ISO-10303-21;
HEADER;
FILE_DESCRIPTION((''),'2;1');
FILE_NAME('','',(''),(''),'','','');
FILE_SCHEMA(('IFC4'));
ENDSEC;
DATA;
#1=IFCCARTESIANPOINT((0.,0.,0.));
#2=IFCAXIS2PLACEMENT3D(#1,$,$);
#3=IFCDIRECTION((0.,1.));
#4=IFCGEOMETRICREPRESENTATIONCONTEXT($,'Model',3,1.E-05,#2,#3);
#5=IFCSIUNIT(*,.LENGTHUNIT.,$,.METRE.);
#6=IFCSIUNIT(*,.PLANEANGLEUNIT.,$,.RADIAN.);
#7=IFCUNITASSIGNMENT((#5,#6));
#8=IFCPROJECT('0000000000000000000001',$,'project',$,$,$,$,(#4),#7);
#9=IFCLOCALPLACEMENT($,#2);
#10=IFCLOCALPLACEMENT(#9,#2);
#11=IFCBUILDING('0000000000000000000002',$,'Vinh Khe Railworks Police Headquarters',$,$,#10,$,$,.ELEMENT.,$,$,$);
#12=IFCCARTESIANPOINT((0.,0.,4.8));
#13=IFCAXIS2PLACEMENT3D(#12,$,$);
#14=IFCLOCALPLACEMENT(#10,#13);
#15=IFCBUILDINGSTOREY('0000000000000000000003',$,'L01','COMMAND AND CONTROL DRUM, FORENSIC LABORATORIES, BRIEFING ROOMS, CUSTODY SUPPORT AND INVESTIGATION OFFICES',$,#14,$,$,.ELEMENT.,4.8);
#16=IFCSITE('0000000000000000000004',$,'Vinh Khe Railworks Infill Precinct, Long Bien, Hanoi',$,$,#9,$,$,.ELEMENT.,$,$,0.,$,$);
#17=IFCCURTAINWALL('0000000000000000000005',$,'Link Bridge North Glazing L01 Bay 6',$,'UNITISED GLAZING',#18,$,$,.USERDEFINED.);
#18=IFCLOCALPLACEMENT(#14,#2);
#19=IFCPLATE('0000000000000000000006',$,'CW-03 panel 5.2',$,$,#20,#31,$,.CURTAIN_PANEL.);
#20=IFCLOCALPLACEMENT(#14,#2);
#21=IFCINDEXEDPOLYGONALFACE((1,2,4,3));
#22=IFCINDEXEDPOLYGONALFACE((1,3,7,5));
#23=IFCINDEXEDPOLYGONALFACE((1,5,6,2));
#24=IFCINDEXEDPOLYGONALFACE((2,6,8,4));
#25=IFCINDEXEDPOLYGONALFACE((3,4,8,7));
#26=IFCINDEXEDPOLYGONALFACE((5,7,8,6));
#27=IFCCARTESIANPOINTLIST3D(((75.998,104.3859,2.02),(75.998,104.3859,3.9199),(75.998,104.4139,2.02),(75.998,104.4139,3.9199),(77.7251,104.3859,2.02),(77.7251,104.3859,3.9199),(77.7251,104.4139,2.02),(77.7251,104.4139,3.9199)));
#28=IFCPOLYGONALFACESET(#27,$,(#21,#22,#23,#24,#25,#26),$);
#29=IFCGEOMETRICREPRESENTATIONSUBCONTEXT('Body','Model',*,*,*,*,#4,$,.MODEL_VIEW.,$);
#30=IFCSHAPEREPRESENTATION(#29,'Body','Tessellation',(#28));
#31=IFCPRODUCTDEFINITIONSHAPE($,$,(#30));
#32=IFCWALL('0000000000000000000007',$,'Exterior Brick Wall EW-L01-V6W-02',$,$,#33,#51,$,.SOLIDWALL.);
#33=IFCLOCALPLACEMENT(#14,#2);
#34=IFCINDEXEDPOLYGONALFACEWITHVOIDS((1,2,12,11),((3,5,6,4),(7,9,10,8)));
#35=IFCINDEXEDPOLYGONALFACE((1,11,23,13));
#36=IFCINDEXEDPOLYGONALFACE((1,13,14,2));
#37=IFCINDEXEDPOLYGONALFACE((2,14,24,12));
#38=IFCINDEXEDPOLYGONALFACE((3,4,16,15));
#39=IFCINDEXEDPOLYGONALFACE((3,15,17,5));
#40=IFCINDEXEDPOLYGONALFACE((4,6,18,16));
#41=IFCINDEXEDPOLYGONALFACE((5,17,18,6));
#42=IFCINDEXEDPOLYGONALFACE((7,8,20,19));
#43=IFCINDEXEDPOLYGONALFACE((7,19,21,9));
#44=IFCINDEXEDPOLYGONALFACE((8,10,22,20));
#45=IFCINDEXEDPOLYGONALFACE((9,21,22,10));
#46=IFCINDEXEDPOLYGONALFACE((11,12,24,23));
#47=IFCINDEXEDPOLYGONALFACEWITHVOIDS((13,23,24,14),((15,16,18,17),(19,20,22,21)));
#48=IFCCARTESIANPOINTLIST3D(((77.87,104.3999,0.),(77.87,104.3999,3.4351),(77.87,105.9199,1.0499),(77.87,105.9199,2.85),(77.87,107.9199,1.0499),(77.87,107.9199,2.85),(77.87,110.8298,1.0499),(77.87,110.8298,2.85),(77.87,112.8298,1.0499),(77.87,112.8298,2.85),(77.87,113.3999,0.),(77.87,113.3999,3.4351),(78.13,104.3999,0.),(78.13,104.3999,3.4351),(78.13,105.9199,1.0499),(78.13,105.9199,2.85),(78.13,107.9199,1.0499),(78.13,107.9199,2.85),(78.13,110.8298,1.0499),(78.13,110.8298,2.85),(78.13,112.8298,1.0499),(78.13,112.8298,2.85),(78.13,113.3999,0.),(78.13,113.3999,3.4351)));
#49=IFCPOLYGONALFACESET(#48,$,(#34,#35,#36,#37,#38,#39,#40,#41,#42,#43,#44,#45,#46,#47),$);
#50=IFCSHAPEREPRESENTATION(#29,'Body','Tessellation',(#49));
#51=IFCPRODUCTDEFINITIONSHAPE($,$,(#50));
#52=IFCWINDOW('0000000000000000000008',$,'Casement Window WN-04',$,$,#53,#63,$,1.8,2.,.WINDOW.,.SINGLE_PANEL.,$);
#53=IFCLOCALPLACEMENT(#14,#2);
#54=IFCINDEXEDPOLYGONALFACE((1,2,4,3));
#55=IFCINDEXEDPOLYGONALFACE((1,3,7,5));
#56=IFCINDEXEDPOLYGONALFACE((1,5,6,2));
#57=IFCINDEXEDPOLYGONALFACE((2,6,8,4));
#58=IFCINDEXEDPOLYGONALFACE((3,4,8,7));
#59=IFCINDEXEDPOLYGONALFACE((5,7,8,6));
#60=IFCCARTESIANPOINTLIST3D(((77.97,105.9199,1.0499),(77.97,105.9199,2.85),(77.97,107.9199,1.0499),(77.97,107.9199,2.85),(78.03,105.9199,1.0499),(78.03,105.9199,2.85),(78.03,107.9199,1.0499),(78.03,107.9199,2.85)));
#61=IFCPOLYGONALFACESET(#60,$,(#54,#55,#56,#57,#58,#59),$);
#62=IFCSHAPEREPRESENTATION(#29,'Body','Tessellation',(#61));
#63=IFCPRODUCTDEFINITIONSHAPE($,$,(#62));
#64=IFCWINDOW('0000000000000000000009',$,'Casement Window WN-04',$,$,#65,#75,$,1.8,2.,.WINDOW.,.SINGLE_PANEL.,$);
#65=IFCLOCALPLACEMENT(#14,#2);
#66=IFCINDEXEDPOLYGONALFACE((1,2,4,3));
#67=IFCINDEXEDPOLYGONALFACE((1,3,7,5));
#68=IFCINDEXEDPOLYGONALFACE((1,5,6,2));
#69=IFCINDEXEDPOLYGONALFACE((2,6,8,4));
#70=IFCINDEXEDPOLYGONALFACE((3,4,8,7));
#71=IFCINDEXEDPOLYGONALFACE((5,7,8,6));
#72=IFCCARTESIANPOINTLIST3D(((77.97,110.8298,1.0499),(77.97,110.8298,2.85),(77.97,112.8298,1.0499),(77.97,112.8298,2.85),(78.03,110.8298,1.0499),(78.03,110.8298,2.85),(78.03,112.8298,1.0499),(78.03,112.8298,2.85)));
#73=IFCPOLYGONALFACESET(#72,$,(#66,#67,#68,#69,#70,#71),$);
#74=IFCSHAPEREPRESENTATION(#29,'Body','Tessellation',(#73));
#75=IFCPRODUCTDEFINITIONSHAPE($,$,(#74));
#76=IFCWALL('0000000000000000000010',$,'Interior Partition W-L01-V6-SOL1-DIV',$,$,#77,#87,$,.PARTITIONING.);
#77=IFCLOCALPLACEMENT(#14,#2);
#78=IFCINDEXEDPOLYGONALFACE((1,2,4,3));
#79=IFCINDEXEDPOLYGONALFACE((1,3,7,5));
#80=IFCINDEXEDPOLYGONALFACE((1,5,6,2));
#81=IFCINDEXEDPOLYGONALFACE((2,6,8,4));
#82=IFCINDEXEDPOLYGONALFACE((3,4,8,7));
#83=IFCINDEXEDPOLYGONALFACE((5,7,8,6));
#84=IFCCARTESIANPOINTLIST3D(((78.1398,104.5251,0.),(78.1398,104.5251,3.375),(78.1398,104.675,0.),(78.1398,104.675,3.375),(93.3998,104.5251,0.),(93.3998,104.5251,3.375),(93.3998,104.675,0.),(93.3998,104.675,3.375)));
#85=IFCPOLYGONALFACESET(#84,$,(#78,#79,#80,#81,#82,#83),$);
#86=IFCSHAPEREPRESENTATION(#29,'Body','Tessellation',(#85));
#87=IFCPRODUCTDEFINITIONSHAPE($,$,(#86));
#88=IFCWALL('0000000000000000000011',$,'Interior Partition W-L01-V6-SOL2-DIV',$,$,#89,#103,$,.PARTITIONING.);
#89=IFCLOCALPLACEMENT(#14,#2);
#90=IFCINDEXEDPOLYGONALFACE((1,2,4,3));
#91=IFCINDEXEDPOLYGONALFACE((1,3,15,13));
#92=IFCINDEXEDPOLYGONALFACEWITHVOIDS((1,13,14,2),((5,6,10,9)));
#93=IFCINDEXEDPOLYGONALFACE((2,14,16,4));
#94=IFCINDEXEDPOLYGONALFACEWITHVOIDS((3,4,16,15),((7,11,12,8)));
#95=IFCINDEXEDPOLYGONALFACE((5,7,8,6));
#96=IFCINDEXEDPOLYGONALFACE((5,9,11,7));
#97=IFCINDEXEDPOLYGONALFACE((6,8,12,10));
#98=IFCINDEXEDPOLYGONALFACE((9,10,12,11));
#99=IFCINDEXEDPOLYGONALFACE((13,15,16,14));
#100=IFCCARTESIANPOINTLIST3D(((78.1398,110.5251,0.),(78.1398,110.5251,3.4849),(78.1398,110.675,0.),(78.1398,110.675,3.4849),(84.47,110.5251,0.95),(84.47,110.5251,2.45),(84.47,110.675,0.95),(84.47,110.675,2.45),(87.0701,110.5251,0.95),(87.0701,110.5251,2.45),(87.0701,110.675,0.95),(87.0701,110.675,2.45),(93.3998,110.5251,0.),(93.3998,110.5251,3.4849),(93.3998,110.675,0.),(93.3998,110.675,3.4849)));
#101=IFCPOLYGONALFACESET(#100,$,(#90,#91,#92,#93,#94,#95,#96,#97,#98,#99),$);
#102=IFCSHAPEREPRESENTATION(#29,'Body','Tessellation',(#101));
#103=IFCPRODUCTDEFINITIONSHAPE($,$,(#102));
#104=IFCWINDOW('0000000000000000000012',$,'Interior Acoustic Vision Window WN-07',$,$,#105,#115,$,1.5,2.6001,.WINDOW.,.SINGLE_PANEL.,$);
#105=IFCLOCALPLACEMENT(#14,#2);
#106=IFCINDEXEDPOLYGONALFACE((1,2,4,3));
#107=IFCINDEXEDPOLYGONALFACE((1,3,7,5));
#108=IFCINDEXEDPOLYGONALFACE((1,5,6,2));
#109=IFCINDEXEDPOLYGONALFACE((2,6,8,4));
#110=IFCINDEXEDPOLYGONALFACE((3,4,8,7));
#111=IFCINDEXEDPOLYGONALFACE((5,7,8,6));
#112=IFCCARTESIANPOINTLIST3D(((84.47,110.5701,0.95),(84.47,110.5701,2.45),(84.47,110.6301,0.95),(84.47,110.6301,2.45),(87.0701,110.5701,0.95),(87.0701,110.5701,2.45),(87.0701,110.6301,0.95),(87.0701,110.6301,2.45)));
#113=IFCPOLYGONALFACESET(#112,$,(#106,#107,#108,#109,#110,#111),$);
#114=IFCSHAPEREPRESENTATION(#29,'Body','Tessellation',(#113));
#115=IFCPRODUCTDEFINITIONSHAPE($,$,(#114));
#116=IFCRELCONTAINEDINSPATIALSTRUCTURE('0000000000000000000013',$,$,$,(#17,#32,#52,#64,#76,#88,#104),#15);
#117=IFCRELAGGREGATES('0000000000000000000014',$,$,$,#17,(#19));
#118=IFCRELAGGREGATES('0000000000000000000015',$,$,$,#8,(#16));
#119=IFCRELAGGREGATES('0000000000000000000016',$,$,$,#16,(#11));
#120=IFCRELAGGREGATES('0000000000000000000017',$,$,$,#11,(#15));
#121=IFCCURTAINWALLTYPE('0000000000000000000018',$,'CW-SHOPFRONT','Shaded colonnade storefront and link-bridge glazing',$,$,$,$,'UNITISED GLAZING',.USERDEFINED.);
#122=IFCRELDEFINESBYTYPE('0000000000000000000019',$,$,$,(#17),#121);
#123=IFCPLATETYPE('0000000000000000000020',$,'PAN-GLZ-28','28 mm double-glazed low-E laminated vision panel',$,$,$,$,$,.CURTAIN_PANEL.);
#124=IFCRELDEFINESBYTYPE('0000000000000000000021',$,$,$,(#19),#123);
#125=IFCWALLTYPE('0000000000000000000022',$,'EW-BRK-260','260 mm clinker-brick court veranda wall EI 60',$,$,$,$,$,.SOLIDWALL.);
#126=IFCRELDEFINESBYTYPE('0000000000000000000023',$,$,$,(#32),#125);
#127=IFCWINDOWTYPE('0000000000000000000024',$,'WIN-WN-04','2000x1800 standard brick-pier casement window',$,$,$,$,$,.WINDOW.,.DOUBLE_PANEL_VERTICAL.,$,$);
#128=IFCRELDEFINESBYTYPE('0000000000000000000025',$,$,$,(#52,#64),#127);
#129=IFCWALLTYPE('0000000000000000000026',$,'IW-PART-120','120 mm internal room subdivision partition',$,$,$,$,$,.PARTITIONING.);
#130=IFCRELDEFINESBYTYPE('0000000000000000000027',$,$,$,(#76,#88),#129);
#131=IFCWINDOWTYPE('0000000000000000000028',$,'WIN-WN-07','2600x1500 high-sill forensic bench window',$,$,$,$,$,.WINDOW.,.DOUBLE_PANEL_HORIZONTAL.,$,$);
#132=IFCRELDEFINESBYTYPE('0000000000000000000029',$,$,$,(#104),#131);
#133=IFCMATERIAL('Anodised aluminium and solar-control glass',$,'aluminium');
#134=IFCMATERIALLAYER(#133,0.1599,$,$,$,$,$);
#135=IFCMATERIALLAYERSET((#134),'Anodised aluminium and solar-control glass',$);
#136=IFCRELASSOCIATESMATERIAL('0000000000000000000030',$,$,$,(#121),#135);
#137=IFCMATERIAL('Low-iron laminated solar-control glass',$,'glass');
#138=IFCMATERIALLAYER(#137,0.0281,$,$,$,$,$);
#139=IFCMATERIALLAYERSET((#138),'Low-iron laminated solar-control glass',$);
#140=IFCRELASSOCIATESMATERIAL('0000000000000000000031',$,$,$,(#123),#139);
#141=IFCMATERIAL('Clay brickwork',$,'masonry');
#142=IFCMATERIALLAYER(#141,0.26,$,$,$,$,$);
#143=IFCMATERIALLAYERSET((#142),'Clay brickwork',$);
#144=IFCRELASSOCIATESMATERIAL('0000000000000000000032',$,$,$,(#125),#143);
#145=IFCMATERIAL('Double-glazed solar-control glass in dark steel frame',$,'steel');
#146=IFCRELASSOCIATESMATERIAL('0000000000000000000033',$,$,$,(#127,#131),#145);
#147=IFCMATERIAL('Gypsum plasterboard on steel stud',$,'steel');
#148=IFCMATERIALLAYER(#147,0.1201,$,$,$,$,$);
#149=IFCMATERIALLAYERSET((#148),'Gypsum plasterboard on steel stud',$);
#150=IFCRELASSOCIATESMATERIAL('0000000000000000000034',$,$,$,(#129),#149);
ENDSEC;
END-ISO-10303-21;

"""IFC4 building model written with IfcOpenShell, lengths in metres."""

from ifc_helpers import new_model, si_unit, direction, frame, frame_2d, origin, origin_2d, place, context, subcontext, project, spatial, rectangle, extrude, material, layer, layer_set, type_object, element, fill, aggregate, save


model = new_model("IFC4")

# Units and contexts
model_context = context("Model", 3, precision=1e-05, world=origin(), true_north=direction((0.0, 1.0)))
body_context = subcontext(model_context, "Body", "Model", "MODEL_VIEW")
ifc_project = project(units=[si_unit("LENGTHUNIT", "METRE"), si_unit("PLANEANGLEUNIT", "RADIAN")], contexts=[model_context])

# Site, building, storey
site_placement = place(None, origin())
site = spatial("IfcSite", under=ifc_project, at=site_placement, Name="Vinh Khe Railworks Infill Precinct, Long Bien, Hanoi", CompositionType="ELEMENT", RefElevation=0.0)
building_placement = place(site_placement, origin())
building = spatial("IfcBuilding", under=site, at=building_placement, Name="Vinh Khe Railworks Police Headquarters", CompositionType="ELEMENT")
storey_placement = place(building_placement, frame((0.0, 0.0, 4.8)))
storey = spatial("IfcBuildingStorey", under=building, at=storey_placement, Name="L01", Description="COMMAND AND CONTROL DRUM, FORENSIC LABORATORIES, BRIEFING ROOMS, CUSTODY SUPPORT AND INVESTIGATION OFFICES", CompositionType="ELEMENT", Elevation=4.8)

# Curtain wall
ifc_material_1 = material(Name="Anodised aluminium and solar-control glass", Category="aluminium")
ifc_layer_1 = layer(ifc_material_1, 0.1599)
ifc_layer_set_1 = layer_set([ifc_layer_1], Name="Anodised aluminium and solar-control glass")
curtain_wall_type = type_object("IfcCurtainWallType", Name="CW-SHOPFRONT", Description="Shaded colonnade storefront and link-bridge glazing", ElementType="UNITISED GLAZING", PredefinedType="USERDEFINED", material=ifc_layer_set_1)
curtain_wall_placement = place(storey_placement, origin())
curtain_wall = element("IfcCurtainWall", 1, at=curtain_wall_placement, inside=storey, type_object=curtain_wall_type, Name="Link Bridge North Glazing L01 Bay 6", ObjectType="UNITISED GLAZING", PredefinedType="USERDEFINED")

# Plate
ifc_material_2 = material(Name="Low-iron laminated solar-control glass", Category="glass")
ifc_layer_2 = layer(ifc_material_2, 0.0281)
ifc_layer_set_2 = layer_set([ifc_layer_2], Name="Low-iron laminated solar-control glass")
plate_type = type_object("IfcPlateType", Name="PAN-GLZ-28", Description="28 mm double-glazed low-E laminated vision panel", PredefinedType="CURTAIN_PANEL", material=ifc_layer_set_2)
plate_1_placement = place(storey_placement, frame((76.8616, 104.3999, 2.02), z_axis=(0.0, 0.0, 1.0), x_axis=(1.0, 0.0, 0.0)))
plate_1 = element("IfcPlate", 2, at=plate_1_placement, type_object=plate_type, Name="CW-03 panel 5.2", PredefinedType="CURTAIN_PANEL", context=body_context, shape_type="SweptSolid", body=[
    extrude(rectangle(XDim=1.7271, YDim=0.0281, at=origin_2d()), origin(), (0.0, 0.0, 1.0), 1.8999),
])
aggregate(curtain_wall, [plate_1])

# Wall, openings, windows
ifc_material_3 = material(Name="Clay brickwork", Category="masonry")
ifc_layer_3 = layer(ifc_material_3, 0.26)
ifc_layer_set_3 = layer_set([ifc_layer_3], Name="Clay brickwork")
wall_type_1 = type_object("IfcWallType", Name="EW-BRK-260", Description="260 mm clinker-brick court veranda wall EI 60", PredefinedType="SOLIDWALL", material=ifc_layer_set_3)
wall_1_placement = place(storey_placement, frame((78.0, 104.3999, 0.0), z_axis=(0.0, 0.0, 1.0), x_axis=(0.0, 1.0, 0.0)))
wall_1 = element("IfcWall", 3, at=wall_1_placement, inside=storey, type_object=wall_type_1, Name="Exterior Brick Wall EW-L01-V6W-02", PredefinedType="SOLIDWALL", context=body_context, shape_type="SweptSolid", body=[
    extrude(rectangle(XDim=9.0, YDim=0.26, at=frame_2d((4.5, 0.0))), origin(), (0.0, 0.0, 1.0), 3.4351),
])
opening_1_placement = place(wall_1_placement, frame((1.52, 0.0, 1.05)))
opening_1 = element("IfcOpeningElement", 4, at=opening_1_placement, cuts=wall_1, PredefinedType="OPENING", context=body_context, shape_type="SweptSolid", body=[
    extrude(rectangle(XDim=2.0, YDim=1.8, at=frame_2d((1.0, 0.8999))), frame((0.0, 0.145, 0.0), z_axis=(0.0, -1.0, 0.0), x_axis=(1.0, 0.0, 0.0)), (0.0, 0.0, 1.0), 0.2898),
])
opening_2_placement = place(wall_1_placement, frame((6.4299, 0.0, 1.05)))
opening_2 = element("IfcOpeningElement", 5, at=opening_2_placement, cuts=wall_1, PredefinedType="OPENING", context=body_context, shape_type="SweptSolid", body=[
    extrude(rectangle(XDim=2.0, YDim=1.8, at=frame_2d((1.0, 0.8999))), frame((0.0, 0.145, 0.0), z_axis=(0.0, -1.0, 0.0), x_axis=(1.0, 0.0, 0.0)), (0.0, 0.0, 1.0), 0.2898),
])
ifc_material_4 = material(Name="Double-glazed solar-control glass in dark steel frame", Category="steel")
window_type_1 = type_object("IfcWindowType", Name="WIN-WN-04", Description="2000x1800 standard brick-pier casement window", PartitioningType="DOUBLE_PANEL_VERTICAL", PredefinedType="WINDOW", material=ifc_material_4)
window_1_placement = place(opening_1_placement, origin())
window_1 = element("IfcWindow", 6, at=window_1_placement, inside=storey, type_object=window_type_1, Name="Casement Window WN-04", OverallHeight=1.8, OverallWidth=2.0, PartitioningType="SINGLE_PANEL", PredefinedType="WINDOW", context=body_context, shape_type="SweptSolid", body=[
    extrude(rectangle(XDim=2.0, YDim=1.8, at=frame_2d((1.0, 0.8999))), frame((0.0, 0.03, 0.0), z_axis=(0.0, -1.0, 0.0), x_axis=(1.0, 0.0, 0.0)), (0.0, 0.0, 1.0), 0.0601),
])
fill(opening_1, window_1)
window_2_placement = place(opening_2_placement, origin())
window_2 = element("IfcWindow", 7, at=window_2_placement, inside=storey, type_object=window_type_1, Name="Casement Window WN-04", OverallHeight=1.8, OverallWidth=2.0, PartitioningType="SINGLE_PANEL", PredefinedType="WINDOW", context=body_context, shape_type="SweptSolid", body=[
    extrude(rectangle(XDim=2.0, YDim=1.8, at=frame_2d((1.0, 0.8999))), frame((0.0, 0.03, 0.0), z_axis=(0.0, -1.0, 0.0), x_axis=(1.0, 0.0, 0.0)), (0.0, 0.0, 1.0), 0.0601),
])
fill(opening_2, window_2)

# Wall
ifc_material_5 = material(Name="Gypsum plasterboard on steel stud", Category="steel")
ifc_layer_4 = layer(ifc_material_5, 0.1201)
ifc_layer_set_4 = layer_set([ifc_layer_4], Name="Gypsum plasterboard on steel stud")
wall_type_2 = type_object("IfcWallType", Name="IW-PART-120", Description="120 mm internal room subdivision partition", PredefinedType="PARTITIONING", material=ifc_layer_set_4)
wall_2_placement = place(storey_placement, frame((78.1399, 104.6001, 0.0), z_axis=(0.0, 0.0, 1.0), x_axis=(1.0, 0.0, 0.0)))
element("IfcWall", 8, at=wall_2_placement, inside=storey, type_object=wall_type_2, Name="Interior Partition W-L01-V6-SOL1-DIV", PredefinedType="PARTITIONING", context=body_context, shape_type="SweptSolid", body=[
    extrude(rectangle(XDim=15.26, YDim=0.1499, at=frame_2d((7.6299, 0.0))), origin(), (0.0, 0.0, 1.0), 3.375),
])

# Wall, opening, window
wall_3_placement = place(storey_placement, frame((78.1399, 110.6001, 0.0), z_axis=(0.0, 0.0, 1.0), x_axis=(1.0, 0.0, 0.0)))
wall_3 = element("IfcWall", 9, at=wall_3_placement, inside=storey, type_object=wall_type_2, Name="Interior Partition W-L01-V6-SOL2-DIV", PredefinedType="PARTITIONING", context=body_context, shape_type="SweptSolid", body=[
    extrude(rectangle(XDim=15.26, YDim=0.1499, at=frame_2d((7.6299, 0.0))), origin(), (0.0, 0.0, 1.0), 3.4849),
])
opening_3_placement = place(wall_3_placement, frame((6.3301, 0.0, 0.95)))
opening_3 = element("IfcOpeningElement", 10, at=opening_3_placement, cuts=wall_3, PredefinedType="OPENING", context=body_context, shape_type="SweptSolid", body=[
    extrude(rectangle(XDim=2.6001, YDim=1.5, at=frame_2d((1.3, 0.75))), frame((0.0, 0.0898, 0.0), z_axis=(0.0, -1.0, 0.0), x_axis=(1.0, 0.0, 0.0)), (0.0, 0.0, 1.0), 0.1797),
])
window_type_2 = type_object("IfcWindowType", Name="WIN-WN-07", Description="2600x1500 high-sill forensic bench window", PartitioningType="DOUBLE_PANEL_HORIZONTAL", PredefinedType="WINDOW", material=ifc_material_4)
window_3_placement = place(opening_3_placement, origin())
window_3 = element("IfcWindow", 11, at=window_3_placement, inside=storey, type_object=window_type_2, Name="Interior Acoustic Vision Window WN-07", OverallHeight=1.5, OverallWidth=2.6001, PartitioningType="SINGLE_PANEL", PredefinedType="WINDOW", context=body_context, shape_type="SweptSolid", body=[
    extrude(rectangle(XDim=2.6001, YDim=1.5, at=frame_2d((1.3, 0.75))), frame((0.0, 0.03, 0.0), z_axis=(0.0, -1.0, 0.0), x_axis=(1.0, 0.0, 0.0)), (0.0, 0.0, 1.0), 0.0601),
])
fill(opening_3, window_3)

save(model, "model.ifc")
